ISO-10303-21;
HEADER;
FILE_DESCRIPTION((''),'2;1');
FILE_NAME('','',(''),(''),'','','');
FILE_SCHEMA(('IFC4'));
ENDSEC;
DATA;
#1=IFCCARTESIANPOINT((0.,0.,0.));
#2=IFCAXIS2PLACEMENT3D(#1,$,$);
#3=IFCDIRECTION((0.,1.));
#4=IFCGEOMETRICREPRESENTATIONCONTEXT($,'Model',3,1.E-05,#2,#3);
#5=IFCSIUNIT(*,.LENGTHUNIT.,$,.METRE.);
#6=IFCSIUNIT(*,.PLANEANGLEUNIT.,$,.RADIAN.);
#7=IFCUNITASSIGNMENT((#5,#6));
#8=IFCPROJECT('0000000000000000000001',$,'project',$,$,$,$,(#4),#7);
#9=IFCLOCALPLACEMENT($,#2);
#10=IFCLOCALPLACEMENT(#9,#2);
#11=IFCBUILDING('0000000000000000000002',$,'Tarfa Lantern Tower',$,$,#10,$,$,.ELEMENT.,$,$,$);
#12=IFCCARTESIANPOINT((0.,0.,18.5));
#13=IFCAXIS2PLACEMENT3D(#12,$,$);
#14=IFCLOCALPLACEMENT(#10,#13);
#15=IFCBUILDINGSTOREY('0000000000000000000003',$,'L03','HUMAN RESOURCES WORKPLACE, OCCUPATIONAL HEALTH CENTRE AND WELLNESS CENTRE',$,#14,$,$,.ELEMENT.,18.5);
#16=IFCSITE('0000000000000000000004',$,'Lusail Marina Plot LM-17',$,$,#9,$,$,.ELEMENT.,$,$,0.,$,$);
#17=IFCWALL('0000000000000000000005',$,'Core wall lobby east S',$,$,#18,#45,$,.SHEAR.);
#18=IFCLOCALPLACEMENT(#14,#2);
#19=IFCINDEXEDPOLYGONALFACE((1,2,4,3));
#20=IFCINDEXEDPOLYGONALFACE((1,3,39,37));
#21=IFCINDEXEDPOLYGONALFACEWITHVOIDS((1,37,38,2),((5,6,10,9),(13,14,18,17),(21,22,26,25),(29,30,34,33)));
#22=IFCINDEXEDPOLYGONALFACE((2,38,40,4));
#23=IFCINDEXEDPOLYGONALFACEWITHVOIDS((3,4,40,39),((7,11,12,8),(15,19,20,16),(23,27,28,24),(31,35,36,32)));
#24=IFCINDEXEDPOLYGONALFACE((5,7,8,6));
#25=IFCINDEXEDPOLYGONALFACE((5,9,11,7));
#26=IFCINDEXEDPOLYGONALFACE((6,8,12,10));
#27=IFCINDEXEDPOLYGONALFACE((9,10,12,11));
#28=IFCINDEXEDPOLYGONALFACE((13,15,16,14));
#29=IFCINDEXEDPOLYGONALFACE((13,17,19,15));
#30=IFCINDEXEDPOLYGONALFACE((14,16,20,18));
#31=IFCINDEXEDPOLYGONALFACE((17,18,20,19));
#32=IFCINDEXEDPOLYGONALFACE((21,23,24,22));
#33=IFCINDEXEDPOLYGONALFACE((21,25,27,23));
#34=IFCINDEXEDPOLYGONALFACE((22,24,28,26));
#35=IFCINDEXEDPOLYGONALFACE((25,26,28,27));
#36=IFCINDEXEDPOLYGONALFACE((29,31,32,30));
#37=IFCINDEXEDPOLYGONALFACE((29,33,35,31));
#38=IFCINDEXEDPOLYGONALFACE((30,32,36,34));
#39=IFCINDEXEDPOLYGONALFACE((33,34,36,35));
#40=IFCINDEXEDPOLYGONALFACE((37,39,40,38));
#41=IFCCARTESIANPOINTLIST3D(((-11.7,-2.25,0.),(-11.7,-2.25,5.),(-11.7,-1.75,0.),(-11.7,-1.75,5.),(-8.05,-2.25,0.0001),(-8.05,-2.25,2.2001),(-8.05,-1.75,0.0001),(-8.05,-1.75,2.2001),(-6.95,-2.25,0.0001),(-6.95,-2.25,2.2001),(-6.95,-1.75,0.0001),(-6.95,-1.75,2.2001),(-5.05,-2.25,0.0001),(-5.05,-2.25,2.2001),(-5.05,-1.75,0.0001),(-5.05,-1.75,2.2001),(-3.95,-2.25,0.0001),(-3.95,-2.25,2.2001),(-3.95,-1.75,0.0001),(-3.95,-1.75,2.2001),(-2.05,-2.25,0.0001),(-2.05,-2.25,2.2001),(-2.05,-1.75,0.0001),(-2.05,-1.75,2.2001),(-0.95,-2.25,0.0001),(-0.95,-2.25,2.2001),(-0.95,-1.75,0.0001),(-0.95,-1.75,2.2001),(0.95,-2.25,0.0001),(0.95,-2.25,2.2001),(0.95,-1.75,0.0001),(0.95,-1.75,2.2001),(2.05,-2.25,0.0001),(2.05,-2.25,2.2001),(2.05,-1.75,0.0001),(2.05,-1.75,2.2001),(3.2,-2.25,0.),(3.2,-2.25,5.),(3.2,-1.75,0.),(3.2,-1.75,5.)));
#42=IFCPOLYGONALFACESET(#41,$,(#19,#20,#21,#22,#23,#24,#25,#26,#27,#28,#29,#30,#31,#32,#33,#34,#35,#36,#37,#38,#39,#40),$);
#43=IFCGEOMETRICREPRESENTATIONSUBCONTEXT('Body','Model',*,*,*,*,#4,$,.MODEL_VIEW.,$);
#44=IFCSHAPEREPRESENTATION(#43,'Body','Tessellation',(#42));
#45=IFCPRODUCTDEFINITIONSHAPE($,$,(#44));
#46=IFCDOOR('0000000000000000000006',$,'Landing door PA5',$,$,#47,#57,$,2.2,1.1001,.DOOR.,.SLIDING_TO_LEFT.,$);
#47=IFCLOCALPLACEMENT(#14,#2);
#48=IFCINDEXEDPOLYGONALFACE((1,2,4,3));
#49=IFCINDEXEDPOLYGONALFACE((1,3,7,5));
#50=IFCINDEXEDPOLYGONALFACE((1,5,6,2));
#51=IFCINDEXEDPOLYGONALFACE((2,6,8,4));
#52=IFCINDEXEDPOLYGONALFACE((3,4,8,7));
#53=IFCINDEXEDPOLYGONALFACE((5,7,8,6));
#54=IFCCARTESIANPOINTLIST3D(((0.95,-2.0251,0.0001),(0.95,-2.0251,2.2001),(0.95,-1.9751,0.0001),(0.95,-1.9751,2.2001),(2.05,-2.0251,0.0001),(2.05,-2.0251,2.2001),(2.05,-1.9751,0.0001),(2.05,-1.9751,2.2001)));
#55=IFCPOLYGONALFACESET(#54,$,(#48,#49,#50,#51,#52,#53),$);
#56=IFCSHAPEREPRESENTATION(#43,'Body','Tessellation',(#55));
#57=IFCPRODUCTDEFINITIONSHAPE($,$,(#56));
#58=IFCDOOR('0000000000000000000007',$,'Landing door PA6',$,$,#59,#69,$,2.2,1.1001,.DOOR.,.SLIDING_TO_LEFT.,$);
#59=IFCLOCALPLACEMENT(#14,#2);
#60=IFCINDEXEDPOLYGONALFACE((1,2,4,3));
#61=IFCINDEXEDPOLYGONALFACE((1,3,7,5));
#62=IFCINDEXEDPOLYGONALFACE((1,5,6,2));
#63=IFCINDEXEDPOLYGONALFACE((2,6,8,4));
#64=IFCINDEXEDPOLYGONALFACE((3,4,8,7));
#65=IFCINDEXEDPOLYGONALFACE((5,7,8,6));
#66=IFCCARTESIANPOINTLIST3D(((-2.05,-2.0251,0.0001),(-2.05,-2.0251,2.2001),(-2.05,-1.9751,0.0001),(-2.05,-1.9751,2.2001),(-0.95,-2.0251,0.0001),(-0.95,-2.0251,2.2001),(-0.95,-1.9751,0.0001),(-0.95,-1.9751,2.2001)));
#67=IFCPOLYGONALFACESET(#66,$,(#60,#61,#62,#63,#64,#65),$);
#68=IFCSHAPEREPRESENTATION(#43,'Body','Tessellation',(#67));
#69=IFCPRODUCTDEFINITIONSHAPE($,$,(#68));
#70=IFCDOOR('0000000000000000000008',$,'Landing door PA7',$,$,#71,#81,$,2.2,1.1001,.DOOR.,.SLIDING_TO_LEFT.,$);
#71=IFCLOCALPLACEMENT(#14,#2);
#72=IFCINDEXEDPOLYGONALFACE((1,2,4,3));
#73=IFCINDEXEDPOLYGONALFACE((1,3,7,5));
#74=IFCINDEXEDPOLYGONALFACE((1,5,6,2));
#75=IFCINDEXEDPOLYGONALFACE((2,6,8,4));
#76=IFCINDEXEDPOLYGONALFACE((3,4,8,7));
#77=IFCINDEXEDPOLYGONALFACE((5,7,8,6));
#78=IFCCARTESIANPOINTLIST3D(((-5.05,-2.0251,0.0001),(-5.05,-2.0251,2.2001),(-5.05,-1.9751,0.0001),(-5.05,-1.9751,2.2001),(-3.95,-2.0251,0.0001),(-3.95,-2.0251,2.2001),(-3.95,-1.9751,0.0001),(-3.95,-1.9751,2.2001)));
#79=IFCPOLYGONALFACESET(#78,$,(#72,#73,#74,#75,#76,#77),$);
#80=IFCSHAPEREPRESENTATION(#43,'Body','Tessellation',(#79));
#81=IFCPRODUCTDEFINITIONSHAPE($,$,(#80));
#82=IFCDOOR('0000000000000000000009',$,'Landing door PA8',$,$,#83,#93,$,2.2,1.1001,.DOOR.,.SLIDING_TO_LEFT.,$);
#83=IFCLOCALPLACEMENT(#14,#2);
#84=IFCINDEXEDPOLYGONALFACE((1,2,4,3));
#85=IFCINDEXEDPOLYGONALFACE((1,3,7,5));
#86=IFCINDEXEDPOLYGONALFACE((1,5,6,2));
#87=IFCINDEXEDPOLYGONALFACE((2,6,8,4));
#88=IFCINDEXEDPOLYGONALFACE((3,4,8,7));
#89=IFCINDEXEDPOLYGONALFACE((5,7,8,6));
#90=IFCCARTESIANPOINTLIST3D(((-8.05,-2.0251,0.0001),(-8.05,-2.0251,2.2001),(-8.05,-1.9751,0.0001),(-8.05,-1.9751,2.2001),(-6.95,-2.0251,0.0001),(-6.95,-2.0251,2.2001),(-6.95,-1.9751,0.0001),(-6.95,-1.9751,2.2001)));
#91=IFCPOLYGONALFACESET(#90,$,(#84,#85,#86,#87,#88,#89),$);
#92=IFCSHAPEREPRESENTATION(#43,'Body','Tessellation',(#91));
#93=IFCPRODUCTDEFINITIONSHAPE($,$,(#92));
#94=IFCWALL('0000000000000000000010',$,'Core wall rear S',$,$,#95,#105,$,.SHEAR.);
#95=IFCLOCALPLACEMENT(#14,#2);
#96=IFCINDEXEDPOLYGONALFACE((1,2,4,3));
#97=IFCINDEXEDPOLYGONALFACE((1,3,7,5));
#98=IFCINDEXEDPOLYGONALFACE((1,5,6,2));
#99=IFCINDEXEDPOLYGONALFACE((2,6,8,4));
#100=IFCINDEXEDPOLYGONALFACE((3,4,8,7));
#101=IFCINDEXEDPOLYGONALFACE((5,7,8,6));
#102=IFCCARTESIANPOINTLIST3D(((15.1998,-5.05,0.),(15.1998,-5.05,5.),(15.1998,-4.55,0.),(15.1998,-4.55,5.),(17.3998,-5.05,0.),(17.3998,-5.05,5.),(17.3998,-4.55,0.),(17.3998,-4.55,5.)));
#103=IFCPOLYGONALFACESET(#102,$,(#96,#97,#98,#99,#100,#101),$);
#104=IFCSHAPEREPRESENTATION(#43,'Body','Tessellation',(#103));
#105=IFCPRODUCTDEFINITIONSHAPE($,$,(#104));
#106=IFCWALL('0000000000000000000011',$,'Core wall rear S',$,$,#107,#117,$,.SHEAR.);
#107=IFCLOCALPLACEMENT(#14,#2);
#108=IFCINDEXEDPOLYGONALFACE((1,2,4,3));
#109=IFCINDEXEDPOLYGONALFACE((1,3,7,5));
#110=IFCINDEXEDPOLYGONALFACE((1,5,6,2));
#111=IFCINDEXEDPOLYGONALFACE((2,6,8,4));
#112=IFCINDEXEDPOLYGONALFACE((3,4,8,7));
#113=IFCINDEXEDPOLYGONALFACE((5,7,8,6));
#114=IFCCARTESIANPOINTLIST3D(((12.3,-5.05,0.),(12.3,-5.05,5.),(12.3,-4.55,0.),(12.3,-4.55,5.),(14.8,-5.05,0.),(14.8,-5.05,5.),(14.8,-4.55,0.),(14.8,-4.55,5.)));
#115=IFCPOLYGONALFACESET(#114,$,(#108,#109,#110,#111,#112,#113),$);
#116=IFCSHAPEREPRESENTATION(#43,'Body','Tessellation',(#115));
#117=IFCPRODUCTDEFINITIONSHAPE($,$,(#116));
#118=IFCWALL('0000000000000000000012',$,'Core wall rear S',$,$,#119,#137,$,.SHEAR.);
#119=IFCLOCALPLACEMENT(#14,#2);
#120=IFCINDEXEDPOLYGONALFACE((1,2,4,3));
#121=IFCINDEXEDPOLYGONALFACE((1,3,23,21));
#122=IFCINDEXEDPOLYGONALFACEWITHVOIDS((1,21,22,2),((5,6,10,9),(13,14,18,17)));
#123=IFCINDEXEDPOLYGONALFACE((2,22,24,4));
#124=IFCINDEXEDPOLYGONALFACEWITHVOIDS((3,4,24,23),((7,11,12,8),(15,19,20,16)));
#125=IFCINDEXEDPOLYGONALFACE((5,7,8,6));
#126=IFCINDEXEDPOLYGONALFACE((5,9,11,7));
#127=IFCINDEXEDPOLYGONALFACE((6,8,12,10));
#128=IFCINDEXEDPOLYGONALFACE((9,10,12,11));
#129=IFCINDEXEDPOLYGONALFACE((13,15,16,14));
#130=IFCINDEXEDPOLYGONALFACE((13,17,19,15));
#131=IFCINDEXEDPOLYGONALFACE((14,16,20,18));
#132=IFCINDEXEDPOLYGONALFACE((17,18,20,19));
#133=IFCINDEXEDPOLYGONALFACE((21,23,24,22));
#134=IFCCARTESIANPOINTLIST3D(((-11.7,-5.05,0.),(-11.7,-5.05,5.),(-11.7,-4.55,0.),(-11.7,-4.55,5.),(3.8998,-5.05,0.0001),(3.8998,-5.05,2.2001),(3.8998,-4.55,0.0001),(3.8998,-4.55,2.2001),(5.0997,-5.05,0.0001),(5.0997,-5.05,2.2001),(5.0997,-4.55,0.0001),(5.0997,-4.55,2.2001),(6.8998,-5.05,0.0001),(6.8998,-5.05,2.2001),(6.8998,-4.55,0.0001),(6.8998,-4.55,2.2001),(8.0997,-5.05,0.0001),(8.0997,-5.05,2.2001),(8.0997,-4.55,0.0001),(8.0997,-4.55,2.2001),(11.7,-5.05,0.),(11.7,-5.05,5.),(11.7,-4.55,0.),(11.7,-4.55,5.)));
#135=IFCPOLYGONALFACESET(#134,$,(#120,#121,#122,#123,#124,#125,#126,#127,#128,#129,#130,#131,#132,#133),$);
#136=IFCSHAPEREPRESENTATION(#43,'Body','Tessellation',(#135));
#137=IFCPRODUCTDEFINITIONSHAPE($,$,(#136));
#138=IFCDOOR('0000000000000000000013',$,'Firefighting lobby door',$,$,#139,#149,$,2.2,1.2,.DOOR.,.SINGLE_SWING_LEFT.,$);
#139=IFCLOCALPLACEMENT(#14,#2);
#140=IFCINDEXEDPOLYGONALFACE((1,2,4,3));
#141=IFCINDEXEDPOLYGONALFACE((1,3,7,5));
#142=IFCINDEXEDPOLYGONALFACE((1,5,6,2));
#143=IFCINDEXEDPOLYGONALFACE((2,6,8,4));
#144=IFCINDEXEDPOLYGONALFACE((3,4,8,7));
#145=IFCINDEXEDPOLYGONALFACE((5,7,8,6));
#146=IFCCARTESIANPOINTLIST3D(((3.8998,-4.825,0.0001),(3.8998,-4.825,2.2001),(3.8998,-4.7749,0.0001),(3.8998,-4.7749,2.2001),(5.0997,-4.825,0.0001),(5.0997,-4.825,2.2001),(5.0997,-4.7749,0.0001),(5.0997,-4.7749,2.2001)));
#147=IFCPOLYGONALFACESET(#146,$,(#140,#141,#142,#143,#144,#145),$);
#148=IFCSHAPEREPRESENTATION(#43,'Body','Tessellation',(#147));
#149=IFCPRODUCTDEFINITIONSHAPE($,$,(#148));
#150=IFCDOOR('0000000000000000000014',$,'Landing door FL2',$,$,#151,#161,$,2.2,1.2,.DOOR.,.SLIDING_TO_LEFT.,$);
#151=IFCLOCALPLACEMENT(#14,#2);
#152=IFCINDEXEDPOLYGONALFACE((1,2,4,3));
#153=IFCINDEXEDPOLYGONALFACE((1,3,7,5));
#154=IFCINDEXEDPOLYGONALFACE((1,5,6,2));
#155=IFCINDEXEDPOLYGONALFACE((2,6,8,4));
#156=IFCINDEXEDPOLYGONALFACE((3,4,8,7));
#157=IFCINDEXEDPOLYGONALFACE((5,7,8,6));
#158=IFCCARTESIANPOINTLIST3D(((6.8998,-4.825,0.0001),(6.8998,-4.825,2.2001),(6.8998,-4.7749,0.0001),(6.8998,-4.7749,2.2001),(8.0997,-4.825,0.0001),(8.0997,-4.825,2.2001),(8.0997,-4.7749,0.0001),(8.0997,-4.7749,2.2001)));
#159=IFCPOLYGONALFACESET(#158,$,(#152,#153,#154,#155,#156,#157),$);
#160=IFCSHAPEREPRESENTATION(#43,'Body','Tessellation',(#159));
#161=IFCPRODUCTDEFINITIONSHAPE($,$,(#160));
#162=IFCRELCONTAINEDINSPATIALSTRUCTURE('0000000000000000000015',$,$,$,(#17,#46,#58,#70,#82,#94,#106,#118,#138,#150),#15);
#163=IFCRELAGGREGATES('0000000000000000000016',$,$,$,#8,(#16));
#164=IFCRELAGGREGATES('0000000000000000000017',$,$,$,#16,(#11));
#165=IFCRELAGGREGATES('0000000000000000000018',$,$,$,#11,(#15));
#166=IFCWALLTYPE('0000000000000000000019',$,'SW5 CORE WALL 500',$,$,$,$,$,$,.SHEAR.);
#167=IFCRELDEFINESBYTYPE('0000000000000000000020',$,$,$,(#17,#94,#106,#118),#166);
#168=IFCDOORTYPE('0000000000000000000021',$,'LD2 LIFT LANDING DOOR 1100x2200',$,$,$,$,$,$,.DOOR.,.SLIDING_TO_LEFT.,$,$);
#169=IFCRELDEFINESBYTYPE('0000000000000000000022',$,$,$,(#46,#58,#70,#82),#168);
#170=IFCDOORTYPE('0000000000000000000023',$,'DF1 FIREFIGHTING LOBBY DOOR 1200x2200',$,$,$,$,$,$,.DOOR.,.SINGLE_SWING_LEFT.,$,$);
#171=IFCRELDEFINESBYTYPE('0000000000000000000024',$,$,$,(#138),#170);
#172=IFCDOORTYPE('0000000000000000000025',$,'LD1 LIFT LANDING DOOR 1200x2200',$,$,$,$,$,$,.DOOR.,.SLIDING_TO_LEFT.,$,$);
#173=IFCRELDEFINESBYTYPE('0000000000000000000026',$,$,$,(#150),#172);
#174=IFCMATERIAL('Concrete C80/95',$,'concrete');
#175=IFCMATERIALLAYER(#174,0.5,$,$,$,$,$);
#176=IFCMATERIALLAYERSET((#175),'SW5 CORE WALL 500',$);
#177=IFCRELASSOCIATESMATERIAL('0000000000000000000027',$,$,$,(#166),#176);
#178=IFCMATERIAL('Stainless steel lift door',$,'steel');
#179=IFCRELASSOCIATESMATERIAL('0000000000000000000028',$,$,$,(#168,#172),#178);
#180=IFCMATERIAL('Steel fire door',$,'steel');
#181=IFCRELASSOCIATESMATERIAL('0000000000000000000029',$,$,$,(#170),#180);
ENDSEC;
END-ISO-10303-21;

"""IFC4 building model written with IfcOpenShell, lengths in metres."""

from ifc_helpers import new_model, si_unit, direction, frame, frame_2d, origin, place, context, subcontext, project, spatial, rectangle, extrude, material, layer, layer_set, type_object, element, fill, save


model = new_model("IFC4")

# Units and contexts
model_context = context("Model", 3, precision=1e-05, world=origin(), true_north=direction((0.0, 1.0)))
body_context = subcontext(model_context, "Body", "Model", "MODEL_VIEW")
ifc_project = project(units=[si_unit("LENGTHUNIT", "METRE"), si_unit("PLANEANGLEUNIT", "RADIAN")], contexts=[model_context])

# Site, building, storey
site_placement = place(None, origin())
site = spatial("IfcSite", under=ifc_project, at=site_placement, Name="Lusail Marina Plot LM-17", CompositionType="ELEMENT", RefElevation=0.0)
building_placement = place(site_placement, origin())
building = spatial("IfcBuilding", under=site, at=building_placement, Name="Tarfa Lantern Tower", CompositionType="ELEMENT")
storey_placement = place(building_placement, frame((0.0, 0.0, 18.5)))
storey = spatial("IfcBuildingStorey", under=building, at=storey_placement, Name="L03", Description="HUMAN RESOURCES WORKPLACE, OCCUPATIONAL HEALTH CENTRE AND WELLNESS CENTRE", CompositionType="ELEMENT", Elevation=18.5)

# Shared definitions
ifc_material_1 = material(Name="Concrete C80/95", Category="concrete")

# Shared definitions
ifc_material_2 = material(Name="Steel fire door", Category="steel")

# Shared definitions
ifc_layer_1 = layer(ifc_material_1, 0.5)
ifc_layer_set_1 = layer_set([ifc_layer_1], Name="SW5 CORE WALL 500")
wall_type_1 = type_object("IfcWallType", Name="SW5 CORE WALL 500", PredefinedType="SHEAR", material=ifc_layer_set_1)

# Wall, openings, doors
wall_1_placement = place(storey_placement, frame((3.2, -2.0, 0.0), z_axis=(0.0, 0.0, 1.0), x_axis=(-1.0, 0.0, 0.0)))
wall_1 = element("IfcWall", 1, at=wall_1_placement, inside=storey, type_object=wall_type_1, Name="Core wall lobby east S", PredefinedType="SHEAR", context=body_context, shape_type="SweptSolid", body=[
    extrude(rectangle(XDim=14.8999, YDim=0.5, at=frame_2d((7.45, 0.0))), origin(), (0.0, 0.0, 1.0), 5.0),
])
opening_1_placement = place(wall_1_placement, frame((1.1499, 0.0, 0.0)))
opening_1 = element("IfcOpeningElement", 2, at=opening_1_placement, cuts=wall_1, PredefinedType="OPENING", context=body_context, shape_type="SweptSolid", body=[
    extrude(rectangle(XDim=1.1001, YDim=2.2, at=frame_2d((0.55, 1.1001))), frame((0.0, 0.26, 0.0), z_axis=(0.0, -1.0, 0.0), x_axis=(1.0, 0.0, 0.0)), (0.0, 0.0, 1.0), 0.52),
])
opening_2_placement = place(wall_1_placement, frame((4.1499, 0.0, 0.0)))
opening_2 = element("IfcOpeningElement", 3, at=opening_2_placement, cuts=wall_1, PredefinedType="OPENING", context=body_context, shape_type="SweptSolid", body=[
    extrude(rectangle(XDim=1.1001, YDim=2.2, at=frame_2d((0.55, 1.1001))), frame((0.0, 0.26, 0.0), z_axis=(0.0, -1.0, 0.0), x_axis=(1.0, 0.0, 0.0)), (0.0, 0.0, 1.0), 0.52),
])
opening_3_placement = place(wall_1_placement, frame((7.1499, 0.0, 0.0)))
opening_3 = element("IfcOpeningElement", 4, at=opening_3_placement, cuts=wall_1, PredefinedType="OPENING", context=body_context, shape_type="SweptSolid", body=[
    extrude(rectangle(XDim=1.1001, YDim=2.2, at=frame_2d((0.55, 1.1001))), frame((0.0, 0.26, 0.0), z_axis=(0.0, -1.0, 0.0), x_axis=(1.0, 0.0, 0.0)), (0.0, 0.0, 1.0), 0.52),
])
opening_4_placement = place(wall_1_placement, frame((10.1499, 0.0, 0.0)))
opening_4 = element("IfcOpeningElement", 5, at=opening_4_placement, cuts=wall_1, PredefinedType="OPENING", context=body_context, shape_type="SweptSolid", body=[
    extrude(rectangle(XDim=1.1001, YDim=2.2, at=frame_2d((0.55, 1.1001))), frame((0.0, 0.26, 0.0), z_axis=(0.0, -1.0, 0.0), x_axis=(1.0, 0.0, 0.0)), (0.0, 0.0, 1.0), 0.52),
])
ifc_material_3 = material(Name="Stainless steel lift door", Category="steel")
door_type_1 = type_object("IfcDoorType", Name="LD2 LIFT LANDING DOOR 1100x2200", OperationType="SLIDING_TO_LEFT", PredefinedType="DOOR", material=ifc_material_3)
door_1_placement = place(opening_1_placement, frame((1.1001, 0.0, 0.0), z_axis=(0.0, 0.0, 1.0), x_axis=(-1.0, 0.0, 0.0)))
door_1 = element("IfcDoor", 6, at=door_1_placement, inside=storey, type_object=door_type_1, Name="Landing door PA5", OperationType="SLIDING_TO_LEFT", OverallHeight=2.2, OverallWidth=1.1001, PredefinedType="DOOR", context=body_context, shape_type="SweptSolid", body=[
    extrude(rectangle(XDim=1.1001, YDim=2.2, at=frame_2d((0.55, 1.1001))), frame((0.0, 0.0249, 0.0), z_axis=(0.0, -1.0, 0.0), x_axis=(1.0, 0.0, 0.0)), (0.0, 0.0, 1.0), 0.05),
])
fill(opening_1, door_1)
door_2_placement = place(opening_2_placement, frame((1.1001, 0.0, 0.0), z_axis=(0.0, 0.0, 1.0), x_axis=(-1.0, 0.0, 0.0)))
door_2 = element("IfcDoor", 7, at=door_2_placement, inside=storey, type_object=door_type_1, Name="Landing door PA6", OperationType="SLIDING_TO_LEFT", OverallHeight=2.2, OverallWidth=1.1001, PredefinedType="DOOR", context=body_context, shape_type="SweptSolid", body=[
    extrude(rectangle(XDim=1.1001, YDim=2.2, at=frame_2d((0.55, 1.1001))), frame((0.0, 0.0249, 0.0), z_axis=(0.0, -1.0, 0.0), x_axis=(1.0, 0.0, 0.0)), (0.0, 0.0, 1.0), 0.05),
])
fill(opening_2, door_2)
door_3_placement = place(opening_3_placement, frame((1.1001, 0.0, 0.0), z_axis=(0.0, 0.0, 1.0), x_axis=(-1.0, 0.0, 0.0)))
door_3 = element("IfcDoor", 8, at=door_3_placement, inside=storey, type_object=door_type_1, Name="Landing door PA7", OperationType="SLIDING_TO_LEFT", OverallHeight=2.2, OverallWidth=1.1001, PredefinedType="DOOR", context=body_context, shape_type="SweptSolid", body=[
    extrude(rectangle(XDim=1.1001, YDim=2.2, at=frame_2d((0.55, 1.1001))), frame((0.0, 0.0249, 0.0), z_axis=(0.0, -1.0, 0.0), x_axis=(1.0, 0.0, 0.0)), (0.0, 0.0, 1.0), 0.05),
])
fill(opening_3, door_3)
door_4_placement = place(opening_4_placement, frame((1.1001, 0.0, 0.0), z_axis=(0.0, 0.0, 1.0), x_axis=(-1.0, 0.0, 0.0)))
door_4 = element("IfcDoor", 9, at=door_4_placement, inside=storey, type_object=door_type_1, Name="Landing door PA8", OperationType="SLIDING_TO_LEFT", OverallHeight=2.2, OverallWidth=1.1001, PredefinedType="DOOR", context=body_context, shape_type="SweptSolid", body=[
    extrude(rectangle(XDim=1.1001, YDim=2.2, at=frame_2d((0.55, 1.1001))), frame((0.0, 0.0249, 0.0), z_axis=(0.0, -1.0, 0.0), x_axis=(1.0, 0.0, 0.0)), (0.0, 0.0, 1.0), 0.05),
])
fill(opening_4, door_4)

# Walls
wall_2_placement = place(storey_placement, frame((17.3999, -4.8, 0.0), z_axis=(0.0, 0.0, 1.0), x_axis=(-1.0, 0.0, 0.0)))
element("IfcWall", 10, at=wall_2_placement, inside=storey, type_object=wall_type_1, Name="Core wall rear S", PredefinedType="SHEAR", context=body_context, shape_type="SweptSolid", body=[
    extrude(rectangle(XDim=2.2, YDim=0.5, at=frame_2d((1.1001, 0.0))), origin(), (0.0, 0.0, 1.0), 5.0),
])
wall_3_placement = place(storey_placement, frame((14.8, -4.8, 0.0), z_axis=(0.0, 0.0, 1.0), x_axis=(-1.0, 0.0, 0.0)))
element("IfcWall", 11, at=wall_3_placement, inside=storey, type_object=wall_type_1, Name="Core wall rear S", PredefinedType="SHEAR", context=body_context, shape_type="SweptSolid", body=[
    extrude(rectangle(XDim=2.5, YDim=0.5, at=frame_2d((1.25, 0.0))), origin(), (0.0, 0.0, 1.0), 5.0),
])

# Wall, openings, doors
wall_4_placement = place(storey_placement, frame((11.7, -4.8, 0.0), z_axis=(0.0, 0.0, 1.0), x_axis=(-1.0, 0.0, 0.0)))
wall_4 = element("IfcWall", 12, at=wall_4_placement, inside=storey, type_object=wall_type_1, Name="Core wall rear S", PredefinedType="SHEAR", context=body_context, shape_type="SweptSolid", body=[
    extrude(rectangle(XDim=23.3999, YDim=0.5, at=frame_2d((11.7, 0.0))), origin(), (0.0, 0.0, 1.0), 5.0),
])
opening_5_placement = place(wall_4_placement, frame((6.6001, 0.0, 0.0)))
opening_5 = element("IfcOpeningElement", 13, at=opening_5_placement, cuts=wall_4, PredefinedType="OPENING", context=body_context, shape_type="SweptSolid", body=[
    extrude(rectangle(XDim=1.2, YDim=2.2, at=frame_2d((0.6001, 1.1001))), frame((0.0, 0.26, 0.0), z_axis=(0.0, -1.0, 0.0), x_axis=(1.0, 0.0, 0.0)), (0.0, 0.0, 1.0), 0.52),
])
opening_6_placement = place(wall_4_placement, frame((3.6001, 0.0, 0.0)))
opening_6 = element("IfcOpeningElement", 14, at=opening_6_placement, cuts=wall_4, PredefinedType="OPENING", context=body_context, shape_type="SweptSolid", body=[
    extrude(rectangle(XDim=1.2, YDim=2.2, at=frame_2d((0.6001, 1.1001))), frame((0.0, 0.26, 0.0), z_axis=(0.0, -1.0, 0.0), x_axis=(1.0, 0.0, 0.0)), (0.0, 0.0, 1.0), 0.52),
])
door_type_2 = type_object("IfcDoorType", Name="DF1 FIREFIGHTING LOBBY DOOR 1200x2200", OperationType="SINGLE_SWING_LEFT", PredefinedType="DOOR", material=ifc_material_2)
door_5_placement = place(opening_5_placement, origin())
door_5 = element("IfcDoor", 15, at=door_5_placement, inside=storey, type_object=door_type_2, Name="Firefighting lobby door", OperationType="SINGLE_SWING_LEFT", OverallHeight=2.2, OverallWidth=1.2, PredefinedType="DOOR", context=body_context, shape_type="SweptSolid", body=[
    extrude(rectangle(XDim=1.2, YDim=2.2, at=frame_2d((0.6001, 1.1001))), frame((0.0, 0.0249, 0.0), z_axis=(0.0, -1.0, 0.0), x_axis=(1.0, 0.0, 0.0)), (0.0, 0.0, 1.0), 0.05),
])
fill(opening_5, door_5)
door_type_3 = type_object("IfcDoorType", Name="LD1 LIFT LANDING DOOR 1200x2200", OperationType="SLIDING_TO_LEFT", PredefinedType="DOOR", material=ifc_material_3)
door_6_placement = place(opening_6_placement, origin())
door_6 = element("IfcDoor", 16, at=door_6_placement, inside=storey, type_object=door_type_3, Name="Landing door FL2", OperationType="SLIDING_TO_LEFT", OverallHeight=2.2, OverallWidth=1.2, PredefinedType="DOOR", context=body_context, shape_type="SweptSolid", body=[
    extrude(rectangle(XDim=1.2, YDim=2.2, at=frame_2d((0.6001, 1.1001))), frame((0.0, 0.0249, 0.0), z_axis=(0.0, -1.0, 0.0), x_axis=(1.0, 0.0, 0.0)), (0.0, 0.0, 1.0), 0.05),
])
fill(opening_6, door_6)

save(model, "model.ifc")
